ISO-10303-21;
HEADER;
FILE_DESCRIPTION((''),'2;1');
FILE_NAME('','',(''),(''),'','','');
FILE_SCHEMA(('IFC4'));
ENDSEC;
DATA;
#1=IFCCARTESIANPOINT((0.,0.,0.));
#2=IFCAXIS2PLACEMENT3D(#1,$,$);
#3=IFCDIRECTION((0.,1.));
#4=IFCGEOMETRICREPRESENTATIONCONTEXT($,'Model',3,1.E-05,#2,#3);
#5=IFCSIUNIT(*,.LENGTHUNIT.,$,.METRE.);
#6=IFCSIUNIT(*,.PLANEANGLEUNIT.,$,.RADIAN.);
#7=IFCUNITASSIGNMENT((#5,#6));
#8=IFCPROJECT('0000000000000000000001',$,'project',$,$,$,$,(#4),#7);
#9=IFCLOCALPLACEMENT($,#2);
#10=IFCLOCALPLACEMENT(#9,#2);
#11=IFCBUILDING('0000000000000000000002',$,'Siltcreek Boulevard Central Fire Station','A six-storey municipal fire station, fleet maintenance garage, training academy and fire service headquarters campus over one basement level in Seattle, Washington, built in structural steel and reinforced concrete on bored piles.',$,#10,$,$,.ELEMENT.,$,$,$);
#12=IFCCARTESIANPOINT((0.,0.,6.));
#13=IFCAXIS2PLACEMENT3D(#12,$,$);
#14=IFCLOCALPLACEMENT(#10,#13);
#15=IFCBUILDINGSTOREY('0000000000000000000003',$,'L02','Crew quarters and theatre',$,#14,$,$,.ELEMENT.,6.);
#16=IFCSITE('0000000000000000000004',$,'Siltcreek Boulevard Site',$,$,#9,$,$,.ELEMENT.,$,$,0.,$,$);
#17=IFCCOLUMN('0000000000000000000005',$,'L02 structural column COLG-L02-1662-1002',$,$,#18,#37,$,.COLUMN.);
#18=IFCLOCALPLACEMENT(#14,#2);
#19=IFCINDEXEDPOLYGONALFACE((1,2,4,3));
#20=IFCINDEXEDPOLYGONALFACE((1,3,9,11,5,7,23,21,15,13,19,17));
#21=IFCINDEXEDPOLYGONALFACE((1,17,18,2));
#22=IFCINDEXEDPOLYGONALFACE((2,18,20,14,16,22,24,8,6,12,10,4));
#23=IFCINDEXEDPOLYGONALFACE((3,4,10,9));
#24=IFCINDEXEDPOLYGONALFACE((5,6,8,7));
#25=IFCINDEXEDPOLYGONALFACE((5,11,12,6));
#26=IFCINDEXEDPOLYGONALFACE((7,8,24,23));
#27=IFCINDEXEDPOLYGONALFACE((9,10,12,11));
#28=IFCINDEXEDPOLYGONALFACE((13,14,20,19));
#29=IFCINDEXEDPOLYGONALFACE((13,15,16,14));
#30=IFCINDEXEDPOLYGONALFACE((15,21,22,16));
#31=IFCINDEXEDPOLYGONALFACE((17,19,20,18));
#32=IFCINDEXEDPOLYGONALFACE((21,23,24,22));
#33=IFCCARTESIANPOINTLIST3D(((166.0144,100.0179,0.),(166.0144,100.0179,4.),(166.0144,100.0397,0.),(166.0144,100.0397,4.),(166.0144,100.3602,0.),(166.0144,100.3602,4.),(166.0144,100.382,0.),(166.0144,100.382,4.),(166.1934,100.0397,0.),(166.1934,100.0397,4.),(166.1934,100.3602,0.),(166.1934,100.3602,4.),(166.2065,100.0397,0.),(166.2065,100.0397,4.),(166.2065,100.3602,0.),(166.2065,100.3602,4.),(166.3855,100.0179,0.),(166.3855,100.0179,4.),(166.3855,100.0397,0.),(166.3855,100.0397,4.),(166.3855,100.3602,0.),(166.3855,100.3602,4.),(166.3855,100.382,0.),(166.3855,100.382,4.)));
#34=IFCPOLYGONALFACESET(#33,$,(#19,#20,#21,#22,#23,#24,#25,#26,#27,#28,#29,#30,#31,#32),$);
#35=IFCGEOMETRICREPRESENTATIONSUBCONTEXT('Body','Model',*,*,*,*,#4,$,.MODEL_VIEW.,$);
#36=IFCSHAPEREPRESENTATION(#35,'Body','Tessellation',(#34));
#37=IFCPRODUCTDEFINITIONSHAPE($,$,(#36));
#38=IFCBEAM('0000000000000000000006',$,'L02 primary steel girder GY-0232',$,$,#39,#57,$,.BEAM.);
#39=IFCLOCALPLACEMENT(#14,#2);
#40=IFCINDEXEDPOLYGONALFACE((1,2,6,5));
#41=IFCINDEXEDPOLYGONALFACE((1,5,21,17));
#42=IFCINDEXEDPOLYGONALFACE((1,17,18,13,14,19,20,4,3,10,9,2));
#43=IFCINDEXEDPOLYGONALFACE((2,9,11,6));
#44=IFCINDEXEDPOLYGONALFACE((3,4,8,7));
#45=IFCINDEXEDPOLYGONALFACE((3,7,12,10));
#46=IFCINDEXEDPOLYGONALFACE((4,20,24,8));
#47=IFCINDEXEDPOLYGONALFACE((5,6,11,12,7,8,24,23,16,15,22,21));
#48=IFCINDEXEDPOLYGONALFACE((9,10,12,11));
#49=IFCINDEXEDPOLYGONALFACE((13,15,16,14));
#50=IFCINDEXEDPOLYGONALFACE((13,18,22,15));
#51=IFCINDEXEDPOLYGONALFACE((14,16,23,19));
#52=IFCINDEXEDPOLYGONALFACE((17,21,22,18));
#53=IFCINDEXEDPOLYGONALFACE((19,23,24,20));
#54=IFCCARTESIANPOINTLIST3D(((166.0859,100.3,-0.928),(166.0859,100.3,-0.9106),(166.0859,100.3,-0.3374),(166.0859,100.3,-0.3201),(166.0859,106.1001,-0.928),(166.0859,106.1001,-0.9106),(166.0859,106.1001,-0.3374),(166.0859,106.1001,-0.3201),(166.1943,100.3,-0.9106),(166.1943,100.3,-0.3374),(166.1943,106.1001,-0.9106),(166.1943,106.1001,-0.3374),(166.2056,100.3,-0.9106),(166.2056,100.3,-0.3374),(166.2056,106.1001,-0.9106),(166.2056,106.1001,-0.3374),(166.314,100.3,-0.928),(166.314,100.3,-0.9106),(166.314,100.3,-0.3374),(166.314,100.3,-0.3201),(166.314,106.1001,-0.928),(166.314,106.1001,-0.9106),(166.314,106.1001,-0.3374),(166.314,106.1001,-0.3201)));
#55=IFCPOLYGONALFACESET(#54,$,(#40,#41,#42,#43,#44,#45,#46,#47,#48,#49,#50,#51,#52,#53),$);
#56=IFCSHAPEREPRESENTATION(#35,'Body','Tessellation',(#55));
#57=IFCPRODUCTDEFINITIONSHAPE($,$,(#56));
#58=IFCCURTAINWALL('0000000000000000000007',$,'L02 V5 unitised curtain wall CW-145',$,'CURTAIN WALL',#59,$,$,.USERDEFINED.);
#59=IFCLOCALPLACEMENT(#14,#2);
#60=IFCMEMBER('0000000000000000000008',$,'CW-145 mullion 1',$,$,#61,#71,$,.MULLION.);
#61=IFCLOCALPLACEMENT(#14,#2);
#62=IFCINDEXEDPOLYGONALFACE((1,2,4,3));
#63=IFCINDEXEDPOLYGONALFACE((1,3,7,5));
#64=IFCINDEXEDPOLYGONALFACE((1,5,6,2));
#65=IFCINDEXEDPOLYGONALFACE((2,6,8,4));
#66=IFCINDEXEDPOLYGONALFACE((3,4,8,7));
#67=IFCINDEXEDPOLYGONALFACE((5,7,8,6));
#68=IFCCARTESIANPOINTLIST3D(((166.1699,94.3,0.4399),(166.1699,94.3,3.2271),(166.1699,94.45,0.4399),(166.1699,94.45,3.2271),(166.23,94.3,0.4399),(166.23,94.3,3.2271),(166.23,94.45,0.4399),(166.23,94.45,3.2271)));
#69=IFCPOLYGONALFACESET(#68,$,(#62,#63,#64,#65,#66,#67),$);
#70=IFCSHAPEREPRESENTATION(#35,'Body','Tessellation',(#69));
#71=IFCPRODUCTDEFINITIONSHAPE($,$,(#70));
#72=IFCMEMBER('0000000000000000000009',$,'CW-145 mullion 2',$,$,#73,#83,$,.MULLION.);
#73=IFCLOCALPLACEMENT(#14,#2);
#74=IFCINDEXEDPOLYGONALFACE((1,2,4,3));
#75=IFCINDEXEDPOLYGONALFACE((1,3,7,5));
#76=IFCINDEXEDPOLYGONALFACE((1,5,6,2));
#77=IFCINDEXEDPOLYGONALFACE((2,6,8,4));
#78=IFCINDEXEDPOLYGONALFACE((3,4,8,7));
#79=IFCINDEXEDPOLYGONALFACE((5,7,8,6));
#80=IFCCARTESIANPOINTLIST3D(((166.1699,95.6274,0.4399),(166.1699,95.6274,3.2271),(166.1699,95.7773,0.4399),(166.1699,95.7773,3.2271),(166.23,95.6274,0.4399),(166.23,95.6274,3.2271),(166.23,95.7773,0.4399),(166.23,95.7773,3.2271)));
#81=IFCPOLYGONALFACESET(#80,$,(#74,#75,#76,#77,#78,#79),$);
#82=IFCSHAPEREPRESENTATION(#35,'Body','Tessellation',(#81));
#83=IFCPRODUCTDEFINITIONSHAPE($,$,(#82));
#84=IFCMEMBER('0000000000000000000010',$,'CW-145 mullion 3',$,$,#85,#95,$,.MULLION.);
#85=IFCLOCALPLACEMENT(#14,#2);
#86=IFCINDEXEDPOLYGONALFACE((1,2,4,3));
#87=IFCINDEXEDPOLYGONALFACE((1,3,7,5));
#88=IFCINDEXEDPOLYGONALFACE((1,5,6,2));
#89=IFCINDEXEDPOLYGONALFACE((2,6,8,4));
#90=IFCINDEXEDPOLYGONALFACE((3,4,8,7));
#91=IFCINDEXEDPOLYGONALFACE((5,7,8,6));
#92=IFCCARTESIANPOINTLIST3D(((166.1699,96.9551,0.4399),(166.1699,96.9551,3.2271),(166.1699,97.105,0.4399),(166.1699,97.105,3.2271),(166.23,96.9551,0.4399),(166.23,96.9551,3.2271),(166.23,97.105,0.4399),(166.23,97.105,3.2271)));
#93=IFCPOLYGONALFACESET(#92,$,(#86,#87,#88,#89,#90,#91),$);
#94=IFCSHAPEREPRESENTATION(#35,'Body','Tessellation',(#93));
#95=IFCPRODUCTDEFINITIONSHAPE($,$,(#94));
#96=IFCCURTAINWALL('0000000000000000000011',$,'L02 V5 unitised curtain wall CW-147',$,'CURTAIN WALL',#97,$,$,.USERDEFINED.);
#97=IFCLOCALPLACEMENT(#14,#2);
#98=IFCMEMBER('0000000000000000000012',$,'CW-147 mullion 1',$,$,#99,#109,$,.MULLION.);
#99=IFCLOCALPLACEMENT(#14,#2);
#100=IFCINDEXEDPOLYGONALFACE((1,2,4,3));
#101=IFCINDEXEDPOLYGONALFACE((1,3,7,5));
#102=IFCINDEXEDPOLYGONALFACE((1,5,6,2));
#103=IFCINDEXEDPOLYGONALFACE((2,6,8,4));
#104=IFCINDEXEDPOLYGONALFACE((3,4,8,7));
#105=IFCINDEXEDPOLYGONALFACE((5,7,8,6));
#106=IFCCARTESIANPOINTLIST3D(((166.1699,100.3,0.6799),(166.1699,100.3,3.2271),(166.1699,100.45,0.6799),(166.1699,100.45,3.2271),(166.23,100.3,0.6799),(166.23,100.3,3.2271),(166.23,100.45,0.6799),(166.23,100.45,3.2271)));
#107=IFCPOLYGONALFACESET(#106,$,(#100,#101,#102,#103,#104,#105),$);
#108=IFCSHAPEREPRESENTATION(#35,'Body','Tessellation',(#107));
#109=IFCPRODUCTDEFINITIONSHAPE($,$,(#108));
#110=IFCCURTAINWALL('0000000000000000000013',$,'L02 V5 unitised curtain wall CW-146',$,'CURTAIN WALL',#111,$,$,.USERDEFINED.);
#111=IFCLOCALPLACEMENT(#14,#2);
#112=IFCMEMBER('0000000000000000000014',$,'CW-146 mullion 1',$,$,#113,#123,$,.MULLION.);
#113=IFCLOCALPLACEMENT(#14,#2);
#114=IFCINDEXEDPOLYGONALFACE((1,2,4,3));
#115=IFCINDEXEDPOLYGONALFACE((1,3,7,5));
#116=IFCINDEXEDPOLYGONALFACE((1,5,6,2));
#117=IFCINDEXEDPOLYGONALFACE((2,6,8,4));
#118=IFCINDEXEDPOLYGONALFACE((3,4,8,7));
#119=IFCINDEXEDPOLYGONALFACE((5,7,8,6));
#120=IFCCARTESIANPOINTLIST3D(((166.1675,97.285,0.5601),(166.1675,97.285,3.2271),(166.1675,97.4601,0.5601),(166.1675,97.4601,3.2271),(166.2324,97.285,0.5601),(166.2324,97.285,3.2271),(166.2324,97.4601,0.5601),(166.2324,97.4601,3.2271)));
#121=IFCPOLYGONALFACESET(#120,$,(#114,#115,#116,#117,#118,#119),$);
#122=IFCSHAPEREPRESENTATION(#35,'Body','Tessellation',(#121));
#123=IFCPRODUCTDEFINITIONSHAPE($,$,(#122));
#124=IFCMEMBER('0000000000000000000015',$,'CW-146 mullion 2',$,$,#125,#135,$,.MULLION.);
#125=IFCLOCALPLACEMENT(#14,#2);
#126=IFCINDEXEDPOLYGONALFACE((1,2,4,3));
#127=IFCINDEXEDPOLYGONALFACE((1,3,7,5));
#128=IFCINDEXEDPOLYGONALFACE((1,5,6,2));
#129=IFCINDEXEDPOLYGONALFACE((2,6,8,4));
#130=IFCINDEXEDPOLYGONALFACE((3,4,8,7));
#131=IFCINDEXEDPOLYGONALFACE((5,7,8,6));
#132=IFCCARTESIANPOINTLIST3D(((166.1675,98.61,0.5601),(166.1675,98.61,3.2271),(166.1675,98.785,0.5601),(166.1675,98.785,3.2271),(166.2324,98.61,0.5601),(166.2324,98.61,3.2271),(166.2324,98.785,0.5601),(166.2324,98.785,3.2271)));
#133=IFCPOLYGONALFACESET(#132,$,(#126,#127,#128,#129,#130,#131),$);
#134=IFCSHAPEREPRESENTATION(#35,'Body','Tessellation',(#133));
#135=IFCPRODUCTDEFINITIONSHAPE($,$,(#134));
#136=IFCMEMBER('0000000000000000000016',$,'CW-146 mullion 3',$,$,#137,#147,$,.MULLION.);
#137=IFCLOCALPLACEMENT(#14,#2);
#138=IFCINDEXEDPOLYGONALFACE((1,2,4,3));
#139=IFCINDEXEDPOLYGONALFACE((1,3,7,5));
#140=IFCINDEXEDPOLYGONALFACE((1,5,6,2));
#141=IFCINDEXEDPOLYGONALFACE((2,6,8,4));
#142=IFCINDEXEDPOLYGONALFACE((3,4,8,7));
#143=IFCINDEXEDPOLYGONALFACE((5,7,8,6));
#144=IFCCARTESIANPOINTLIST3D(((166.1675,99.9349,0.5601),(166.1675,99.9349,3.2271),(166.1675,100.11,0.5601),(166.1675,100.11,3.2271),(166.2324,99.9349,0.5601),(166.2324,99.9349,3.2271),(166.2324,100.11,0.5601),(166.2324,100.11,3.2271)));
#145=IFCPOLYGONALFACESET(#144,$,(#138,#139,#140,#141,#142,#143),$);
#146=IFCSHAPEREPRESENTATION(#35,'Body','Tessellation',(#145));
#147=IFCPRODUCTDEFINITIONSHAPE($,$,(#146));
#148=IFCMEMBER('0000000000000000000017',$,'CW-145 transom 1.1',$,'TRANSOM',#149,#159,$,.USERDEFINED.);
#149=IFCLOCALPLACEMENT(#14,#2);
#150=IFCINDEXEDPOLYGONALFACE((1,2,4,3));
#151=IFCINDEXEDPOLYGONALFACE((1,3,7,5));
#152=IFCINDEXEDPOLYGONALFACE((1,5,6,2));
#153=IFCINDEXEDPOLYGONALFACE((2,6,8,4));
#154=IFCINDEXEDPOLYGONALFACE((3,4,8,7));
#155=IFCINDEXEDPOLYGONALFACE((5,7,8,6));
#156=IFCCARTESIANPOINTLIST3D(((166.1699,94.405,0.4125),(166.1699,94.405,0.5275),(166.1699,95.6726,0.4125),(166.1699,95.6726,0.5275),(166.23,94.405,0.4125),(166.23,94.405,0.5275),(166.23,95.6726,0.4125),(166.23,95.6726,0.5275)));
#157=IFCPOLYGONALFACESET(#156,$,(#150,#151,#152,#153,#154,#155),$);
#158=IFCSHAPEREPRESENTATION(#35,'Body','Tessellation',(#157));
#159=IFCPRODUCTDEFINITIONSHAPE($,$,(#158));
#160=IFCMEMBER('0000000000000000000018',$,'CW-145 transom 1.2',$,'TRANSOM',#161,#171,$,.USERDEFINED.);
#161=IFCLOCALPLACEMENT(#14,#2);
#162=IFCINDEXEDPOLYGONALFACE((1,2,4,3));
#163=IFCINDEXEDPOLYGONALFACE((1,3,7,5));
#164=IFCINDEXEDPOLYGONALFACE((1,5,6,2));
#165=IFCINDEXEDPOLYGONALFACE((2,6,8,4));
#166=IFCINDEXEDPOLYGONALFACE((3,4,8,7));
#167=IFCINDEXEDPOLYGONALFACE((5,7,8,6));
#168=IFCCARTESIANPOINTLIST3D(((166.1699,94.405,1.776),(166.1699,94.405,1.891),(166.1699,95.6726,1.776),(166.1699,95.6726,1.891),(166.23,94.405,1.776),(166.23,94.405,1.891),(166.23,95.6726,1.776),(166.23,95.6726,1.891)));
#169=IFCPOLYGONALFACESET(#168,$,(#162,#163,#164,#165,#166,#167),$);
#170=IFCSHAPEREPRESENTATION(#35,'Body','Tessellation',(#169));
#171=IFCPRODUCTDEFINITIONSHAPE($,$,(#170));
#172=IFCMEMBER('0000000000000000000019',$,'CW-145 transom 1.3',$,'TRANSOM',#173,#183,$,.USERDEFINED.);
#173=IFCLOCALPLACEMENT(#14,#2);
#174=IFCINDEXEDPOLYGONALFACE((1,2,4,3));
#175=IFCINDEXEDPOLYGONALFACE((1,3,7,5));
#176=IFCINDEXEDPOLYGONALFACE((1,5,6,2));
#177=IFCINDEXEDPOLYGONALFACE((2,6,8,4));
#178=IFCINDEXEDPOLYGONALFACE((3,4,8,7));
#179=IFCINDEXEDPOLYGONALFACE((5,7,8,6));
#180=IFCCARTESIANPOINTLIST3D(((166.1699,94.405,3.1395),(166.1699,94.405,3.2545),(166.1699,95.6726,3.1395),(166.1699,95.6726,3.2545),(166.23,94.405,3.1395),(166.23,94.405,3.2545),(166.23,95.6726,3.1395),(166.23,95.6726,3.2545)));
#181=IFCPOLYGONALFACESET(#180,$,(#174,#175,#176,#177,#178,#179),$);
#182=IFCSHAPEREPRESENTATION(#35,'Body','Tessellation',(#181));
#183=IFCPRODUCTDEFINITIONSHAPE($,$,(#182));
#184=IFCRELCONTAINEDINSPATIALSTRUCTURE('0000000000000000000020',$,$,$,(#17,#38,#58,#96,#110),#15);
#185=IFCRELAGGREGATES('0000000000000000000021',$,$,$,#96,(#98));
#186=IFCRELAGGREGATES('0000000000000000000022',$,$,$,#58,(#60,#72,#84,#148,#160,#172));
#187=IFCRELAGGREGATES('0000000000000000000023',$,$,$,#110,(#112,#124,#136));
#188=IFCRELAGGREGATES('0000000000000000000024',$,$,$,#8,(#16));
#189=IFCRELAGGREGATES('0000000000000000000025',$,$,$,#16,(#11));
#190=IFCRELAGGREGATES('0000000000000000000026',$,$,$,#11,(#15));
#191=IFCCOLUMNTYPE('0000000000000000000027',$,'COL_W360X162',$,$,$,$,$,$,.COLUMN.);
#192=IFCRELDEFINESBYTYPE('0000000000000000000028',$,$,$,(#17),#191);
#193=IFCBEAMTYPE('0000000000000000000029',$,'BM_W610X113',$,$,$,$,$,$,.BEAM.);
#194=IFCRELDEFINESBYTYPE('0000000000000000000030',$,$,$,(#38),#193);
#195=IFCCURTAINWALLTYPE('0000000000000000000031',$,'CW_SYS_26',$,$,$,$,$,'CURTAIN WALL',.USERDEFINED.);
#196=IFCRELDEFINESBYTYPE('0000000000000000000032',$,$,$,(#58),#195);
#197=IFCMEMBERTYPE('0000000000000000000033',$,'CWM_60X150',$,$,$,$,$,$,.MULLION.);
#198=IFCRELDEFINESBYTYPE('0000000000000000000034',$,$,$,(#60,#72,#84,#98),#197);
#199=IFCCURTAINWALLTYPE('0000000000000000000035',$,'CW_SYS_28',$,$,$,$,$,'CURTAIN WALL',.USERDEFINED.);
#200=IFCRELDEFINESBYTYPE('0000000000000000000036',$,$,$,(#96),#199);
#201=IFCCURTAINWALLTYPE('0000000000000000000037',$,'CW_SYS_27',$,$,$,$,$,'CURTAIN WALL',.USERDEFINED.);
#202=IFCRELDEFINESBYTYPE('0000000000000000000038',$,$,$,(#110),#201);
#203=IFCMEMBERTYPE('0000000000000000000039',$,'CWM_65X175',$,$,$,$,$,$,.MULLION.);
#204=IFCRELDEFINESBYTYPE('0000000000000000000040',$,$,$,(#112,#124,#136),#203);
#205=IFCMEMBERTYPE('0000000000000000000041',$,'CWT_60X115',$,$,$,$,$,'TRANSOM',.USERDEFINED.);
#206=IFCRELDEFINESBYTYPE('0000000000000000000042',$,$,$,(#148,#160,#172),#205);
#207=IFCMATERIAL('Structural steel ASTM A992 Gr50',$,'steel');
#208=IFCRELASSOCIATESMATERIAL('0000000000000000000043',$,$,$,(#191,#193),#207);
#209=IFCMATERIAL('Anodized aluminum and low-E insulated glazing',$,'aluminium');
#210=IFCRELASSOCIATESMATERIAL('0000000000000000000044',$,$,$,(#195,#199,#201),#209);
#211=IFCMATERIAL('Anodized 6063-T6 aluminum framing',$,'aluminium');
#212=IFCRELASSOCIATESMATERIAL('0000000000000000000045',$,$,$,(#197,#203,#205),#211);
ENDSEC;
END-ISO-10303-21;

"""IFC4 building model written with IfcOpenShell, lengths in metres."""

from ifc_helpers import new_model, si_unit, direction, frame, origin, origin_2d, place, context, subcontext, project, spatial, rectangle, i_section, extrude, material, material_profile, profile_set, type_object, element, aggregate, save


model = new_model("IFC4")

# Units and contexts
model_context = context("Model", 3, precision=1e-05, world=origin(), true_north=direction((0.0, 1.0)))
body_context = subcontext(model_context, "Body", "Model", "MODEL_VIEW")
ifc_project = project(units=[si_unit("LENGTHUNIT", "METRE"), si_unit("PLANEANGLEUNIT", "RADIAN")], contexts=[model_context])

# Site, building, storey
site_placement = place(None, origin())
site = spatial("IfcSite", under=ifc_project, at=site_placement, Name="Siltcreek Boulevard Site", CompositionType="ELEMENT", RefElevation=0.0)
building_placement = place(site_placement, origin())
building = spatial("IfcBuilding", under=site, at=building_placement, Name="Siltcreek Boulevard Central Fire Station", Description="A six-storey municipal fire station, fleet maintenance garage, training academy and fire service headquarters campus over one basement level in Seattle, Washington, built in structural steel and reinforced concrete on bored piles.", CompositionType="ELEMENT")
storey_placement = place(building_placement, frame((0.0, 0.0, 6.0)))
storey = spatial("IfcBuildingStorey", under=building, at=storey_placement, Name="L02", Description="Crew quarters and theatre", CompositionType="ELEMENT", Elevation=6.0)

# Column
ifc_material_1 = material(Name="Structural steel ASTM A992 Gr50", Category="steel")
ifc_material_profile_1 = material_profile(ifc_material_1, i_section(OverallWidth=0.3711, OverallDepth=0.364, WebThickness=0.0132, FlangeThickness=0.0217, at=origin_2d()), Name="W360X162")
ifc_profile_set_1 = profile_set([ifc_material_profile_1], Name="Structural steel ASTM A992 Gr50")
column_type = type_object("IfcColumnType", Name="COL_W360X162", PredefinedType="COLUMN", material=ifc_profile_set_1)
column_placement = place(storey_placement, frame((166.2, 100.2, 0.0), z_axis=(0.0, 0.0, 1.0), x_axis=(1.0, 0.0, 0.0)))
element("IfcColumn", 1, at=column_placement, inside=storey, type_object=column_type, Name="L02 structural column COLG-L02-1662-1002", PredefinedType="COLUMN", context=body_context, shape_type="SweptSolid", body=[
    extrude(i_section(OverallWidth=0.3711, OverallDepth=0.364, WebThickness=0.0132, FlangeThickness=0.0217, at=origin_2d()), origin(), (0.0, 0.0, 1.0), 4.0),
])

# Beam
ifc_material_profile_2 = material_profile(ifc_material_1, i_section(OverallWidth=0.228, OverallDepth=0.6079, WebThickness=0.0112, FlangeThickness=0.0173, at=origin_2d()), Name="W610X113")
ifc_profile_set_2 = profile_set([ifc_material_profile_2], Name="Structural steel ASTM A992 Gr50")
beam_type_1 = type_object("IfcBeamType", Name="BM_W610X113", PredefinedType="BEAM", material=ifc_profile_set_2)
beam_placement = place(storey_placement, frame((166.2, 100.3, -0.624), z_axis=(0.0, 1.0, 0.0), x_axis=(-1.0, 0.0, 0.0)))
element("IfcBeam", 2, at=beam_placement, inside=storey, type_object=beam_type_1, Name="L02 primary steel girder GY-0232", PredefinedType="BEAM", context=body_context, shape_type="SweptSolid", body=[
    extrude(i_section(OverallWidth=0.228, OverallDepth=0.6079, WebThickness=0.0112, FlangeThickness=0.0173, at=origin_2d()), origin(), (0.0, 0.0, 1.0), 5.8),
])

# Curtain wall, members
ifc_material_2 = material(Name="Anodized aluminum and low-E insulated glazing", Category="aluminium")
curtain_wall_type_1 = type_object("IfcCurtainWallType", Name="CW_SYS_26", ElementType="CURTAIN WALL", PredefinedType="USERDEFINED", material=ifc_material_2)
curtain_wall_1_placement = place(storey_placement, origin())
curtain_wall_1 = element("IfcCurtainWall", 3, at=curtain_wall_1_placement, inside=storey, type_object=curtain_wall_type_1, Name="L02 V5 unitised curtain wall CW-145", ObjectType="CURTAIN WALL", PredefinedType="USERDEFINED")
ifc_material_3 = material(Name="Anodized 6063-T6 aluminum framing", Category="aluminium")
ifc_material_profile_3 = material_profile(ifc_material_3, rectangle(XDim=0.0601, YDim=0.1499, at=origin_2d()), Name="MULL60X150")
ifc_profile_set_3 = profile_set([ifc_material_profile_3], Name="Anodized 6063-T6 aluminum framing")
member_type_1 = type_object("IfcMemberType", Name="CWM_60X150", PredefinedType="MULLION", material=ifc_profile_set_3)
member_1_placement = place(storey_placement, frame((166.2, 94.375, 0.4399), z_axis=(0.0, 0.0, 1.0), x_axis=(-1.0, 0.0, 0.0)))
member_1 = element("IfcMember", 4, at=member_1_placement, type_object=member_type_1, Name="CW-145 mullion 1", PredefinedType="MULLION", context=body_context, shape_type="SweptSolid", body=[
    extrude(rectangle(XDim=0.0601, YDim=0.1499, at=origin_2d()), origin(), (0.0, 0.0, 1.0), 2.7871),
])
member_2_placement = place(storey_placement, frame((166.2, 95.7024, 0.4399), z_axis=(0.0, 0.0, 1.0), x_axis=(-1.0, 0.0, 0.0)))
member_2 = element("IfcMember", 5, at=member_2_placement, type_object=member_type_1, Name="CW-145 mullion 2", PredefinedType="MULLION", context=body_context, shape_type="SweptSolid", body=[
    extrude(rectangle(XDim=0.0601, YDim=0.1499, at=origin_2d()), origin(), (0.0, 0.0, 1.0), 2.7871),
])
member_3_placement = place(storey_placement, frame((166.2, 97.03, 0.4399), z_axis=(0.0, 0.0, 1.0), x_axis=(-1.0, 0.0, 0.0)))
member_3 = element("IfcMember", 6, at=member_3_placement, type_object=member_type_1, Name="CW-145 mullion 3", PredefinedType="MULLION", context=body_context, shape_type="SweptSolid", body=[
    extrude(rectangle(XDim=0.0601, YDim=0.1499, at=origin_2d()), origin(), (0.0, 0.0, 1.0), 2.7871),
])

# Curtain wall, member
curtain_wall_type_2 = type_object("IfcCurtainWallType", Name="CW_SYS_28", ElementType="CURTAIN WALL", PredefinedType="USERDEFINED", material=ifc_material_2)
curtain_wall_2_placement = place(storey_placement, origin())
curtain_wall_2 = element("IfcCurtainWall", 7, at=curtain_wall_2_placement, inside=storey, type_object=curtain_wall_type_2, Name="L02 V5 unitised curtain wall CW-147", ObjectType="CURTAIN WALL", PredefinedType="USERDEFINED")
member_4_placement = place(storey_placement, frame((166.2, 100.375, 0.6799), z_axis=(0.0, 0.0, 1.0), x_axis=(-1.0, 0.0, 0.0)))
member_4 = element("IfcMember", 8, at=member_4_placement, type_object=member_type_1, Name="CW-147 mullion 1", PredefinedType="MULLION", context=body_context, shape_type="SweptSolid", body=[
    extrude(rectangle(XDim=0.0601, YDim=0.1499, at=origin_2d()), origin(), (0.0, 0.0, 1.0), 2.5471),
])

# Curtain wall, members
curtain_wall_type_3 = type_object("IfcCurtainWallType", Name="CW_SYS_27", ElementType="CURTAIN WALL", PredefinedType="USERDEFINED", material=ifc_material_2)
curtain_wall_3_placement = place(storey_placement, origin())
curtain_wall_3 = element("IfcCurtainWall", 9, at=curtain_wall_3_placement, inside=storey, type_object=curtain_wall_type_3, Name="L02 V5 unitised curtain wall CW-146", ObjectType="CURTAIN WALL", PredefinedType="USERDEFINED")
ifc_material_profile_4 = material_profile(ifc_material_3, rectangle(XDim=0.0649, YDim=0.175, at=origin_2d()), Name="MULL65X175")
ifc_profile_set_4 = profile_set([ifc_material_profile_4], Name="Anodized 6063-T6 aluminum framing")
member_type_2 = type_object("IfcMemberType", Name="CWM_65X175", PredefinedType="MULLION", material=ifc_profile_set_4)
member_5_placement = place(storey_placement, frame((166.2, 97.3726, 0.5601), z_axis=(0.0, 0.0, 1.0), x_axis=(-1.0, 0.0, 0.0)))
member_5 = element("IfcMember", 10, at=member_5_placement, type_object=member_type_2, Name="CW-146 mullion 1", PredefinedType="MULLION", context=body_context, shape_type="SweptSolid", body=[
    extrude(rectangle(XDim=0.0649, YDim=0.175, at=origin_2d()), origin(), (0.0, 0.0, 1.0), 2.667),
])
member_6_placement = place(storey_placement, frame((166.2, 98.6975, 0.5601), z_axis=(0.0, 0.0, 1.0), x_axis=(-1.0, 0.0, 0.0)))
member_6 = element("IfcMember", 11, at=member_6_placement, type_object=member_type_2, Name="CW-146 mullion 2", PredefinedType="MULLION", context=body_context, shape_type="SweptSolid", body=[
    extrude(rectangle(XDim=0.0649, YDim=0.175, at=origin_2d()), origin(), (0.0, 0.0, 1.0), 2.667),
])
member_7_placement = place(storey_placement, frame((166.2, 100.0225, 0.5601), z_axis=(0.0, 0.0, 1.0), x_axis=(-1.0, 0.0, 0.0)))
member_7 = element("IfcMember", 12, at=member_7_placement, type_object=member_type_2, Name="CW-146 mullion 3", PredefinedType="MULLION", context=body_context, shape_type="SweptSolid", body=[
    extrude(rectangle(XDim=0.0649, YDim=0.175, at=origin_2d()), origin(), (0.0, 0.0, 1.0), 2.667),
])

# Members
ifc_material_profile_5 = material_profile(ifc_material_3, rectangle(XDim=0.0601, YDim=0.115, at=origin_2d()), Name="TRAN60X115")
ifc_profile_set_5 = profile_set([ifc_material_profile_5], Name="Anodized 6063-T6 aluminum framing")
member_type_3 = type_object("IfcMemberType", Name="CWT_60X115", ElementType="TRANSOM", PredefinedType="USERDEFINED", material=ifc_profile_set_5)
member_8_placement = place(storey_placement, frame((166.2, 94.405, 0.47), z_axis=(0.0, 1.0, 0.0), x_axis=(-1.0, 0.0, 0.0)))
member_8 = element("IfcMember", 13, at=member_8_placement, type_object=member_type_3, Name="CW-145 transom 1.1", ObjectType="TRANSOM", PredefinedType="USERDEFINED", context=body_context, shape_type="SweptSolid", body=[
    extrude(rectangle(XDim=0.0601, YDim=0.115, at=origin_2d()), origin(), (0.0, 0.0, 1.0), 1.2676),
])
member_9_placement = place(storey_placement, frame((166.2, 94.405, 1.8335), z_axis=(0.0, 1.0, 0.0), x_axis=(-1.0, 0.0, 0.0)))
member_9 = element("IfcMember", 14, at=member_9_placement, type_object=member_type_3, Name="CW-145 transom 1.2", ObjectType="TRANSOM", PredefinedType="USERDEFINED", context=body_context, shape_type="SweptSolid", body=[
    extrude(rectangle(XDim=0.0601, YDim=0.115, at=origin_2d()), origin(), (0.0, 0.0, 1.0), 1.2676),
])
member_10_placement = place(storey_placement, frame((166.2, 94.405, 3.197), z_axis=(0.0, 1.0, 0.0), x_axis=(-1.0, 0.0, 0.0)))
member_10 = element("IfcMember", 15, at=member_10_placement, type_object=member_type_3, Name="CW-145 transom 1.3", ObjectType="TRANSOM", PredefinedType="USERDEFINED", context=body_context, shape_type="SweptSolid", body=[
    extrude(rectangle(XDim=0.0601, YDim=0.115, at=origin_2d()), origin(), (0.0, 0.0, 1.0), 1.2676),
])
aggregate(curtain_wall_2, [member_4])

aggregate(curtain_wall_1, [member_1, member_2, member_3, member_8, member_9, member_10])
aggregate(curtain_wall_3, [member_5, member_6, member_7])

save(model, "model.ifc")
